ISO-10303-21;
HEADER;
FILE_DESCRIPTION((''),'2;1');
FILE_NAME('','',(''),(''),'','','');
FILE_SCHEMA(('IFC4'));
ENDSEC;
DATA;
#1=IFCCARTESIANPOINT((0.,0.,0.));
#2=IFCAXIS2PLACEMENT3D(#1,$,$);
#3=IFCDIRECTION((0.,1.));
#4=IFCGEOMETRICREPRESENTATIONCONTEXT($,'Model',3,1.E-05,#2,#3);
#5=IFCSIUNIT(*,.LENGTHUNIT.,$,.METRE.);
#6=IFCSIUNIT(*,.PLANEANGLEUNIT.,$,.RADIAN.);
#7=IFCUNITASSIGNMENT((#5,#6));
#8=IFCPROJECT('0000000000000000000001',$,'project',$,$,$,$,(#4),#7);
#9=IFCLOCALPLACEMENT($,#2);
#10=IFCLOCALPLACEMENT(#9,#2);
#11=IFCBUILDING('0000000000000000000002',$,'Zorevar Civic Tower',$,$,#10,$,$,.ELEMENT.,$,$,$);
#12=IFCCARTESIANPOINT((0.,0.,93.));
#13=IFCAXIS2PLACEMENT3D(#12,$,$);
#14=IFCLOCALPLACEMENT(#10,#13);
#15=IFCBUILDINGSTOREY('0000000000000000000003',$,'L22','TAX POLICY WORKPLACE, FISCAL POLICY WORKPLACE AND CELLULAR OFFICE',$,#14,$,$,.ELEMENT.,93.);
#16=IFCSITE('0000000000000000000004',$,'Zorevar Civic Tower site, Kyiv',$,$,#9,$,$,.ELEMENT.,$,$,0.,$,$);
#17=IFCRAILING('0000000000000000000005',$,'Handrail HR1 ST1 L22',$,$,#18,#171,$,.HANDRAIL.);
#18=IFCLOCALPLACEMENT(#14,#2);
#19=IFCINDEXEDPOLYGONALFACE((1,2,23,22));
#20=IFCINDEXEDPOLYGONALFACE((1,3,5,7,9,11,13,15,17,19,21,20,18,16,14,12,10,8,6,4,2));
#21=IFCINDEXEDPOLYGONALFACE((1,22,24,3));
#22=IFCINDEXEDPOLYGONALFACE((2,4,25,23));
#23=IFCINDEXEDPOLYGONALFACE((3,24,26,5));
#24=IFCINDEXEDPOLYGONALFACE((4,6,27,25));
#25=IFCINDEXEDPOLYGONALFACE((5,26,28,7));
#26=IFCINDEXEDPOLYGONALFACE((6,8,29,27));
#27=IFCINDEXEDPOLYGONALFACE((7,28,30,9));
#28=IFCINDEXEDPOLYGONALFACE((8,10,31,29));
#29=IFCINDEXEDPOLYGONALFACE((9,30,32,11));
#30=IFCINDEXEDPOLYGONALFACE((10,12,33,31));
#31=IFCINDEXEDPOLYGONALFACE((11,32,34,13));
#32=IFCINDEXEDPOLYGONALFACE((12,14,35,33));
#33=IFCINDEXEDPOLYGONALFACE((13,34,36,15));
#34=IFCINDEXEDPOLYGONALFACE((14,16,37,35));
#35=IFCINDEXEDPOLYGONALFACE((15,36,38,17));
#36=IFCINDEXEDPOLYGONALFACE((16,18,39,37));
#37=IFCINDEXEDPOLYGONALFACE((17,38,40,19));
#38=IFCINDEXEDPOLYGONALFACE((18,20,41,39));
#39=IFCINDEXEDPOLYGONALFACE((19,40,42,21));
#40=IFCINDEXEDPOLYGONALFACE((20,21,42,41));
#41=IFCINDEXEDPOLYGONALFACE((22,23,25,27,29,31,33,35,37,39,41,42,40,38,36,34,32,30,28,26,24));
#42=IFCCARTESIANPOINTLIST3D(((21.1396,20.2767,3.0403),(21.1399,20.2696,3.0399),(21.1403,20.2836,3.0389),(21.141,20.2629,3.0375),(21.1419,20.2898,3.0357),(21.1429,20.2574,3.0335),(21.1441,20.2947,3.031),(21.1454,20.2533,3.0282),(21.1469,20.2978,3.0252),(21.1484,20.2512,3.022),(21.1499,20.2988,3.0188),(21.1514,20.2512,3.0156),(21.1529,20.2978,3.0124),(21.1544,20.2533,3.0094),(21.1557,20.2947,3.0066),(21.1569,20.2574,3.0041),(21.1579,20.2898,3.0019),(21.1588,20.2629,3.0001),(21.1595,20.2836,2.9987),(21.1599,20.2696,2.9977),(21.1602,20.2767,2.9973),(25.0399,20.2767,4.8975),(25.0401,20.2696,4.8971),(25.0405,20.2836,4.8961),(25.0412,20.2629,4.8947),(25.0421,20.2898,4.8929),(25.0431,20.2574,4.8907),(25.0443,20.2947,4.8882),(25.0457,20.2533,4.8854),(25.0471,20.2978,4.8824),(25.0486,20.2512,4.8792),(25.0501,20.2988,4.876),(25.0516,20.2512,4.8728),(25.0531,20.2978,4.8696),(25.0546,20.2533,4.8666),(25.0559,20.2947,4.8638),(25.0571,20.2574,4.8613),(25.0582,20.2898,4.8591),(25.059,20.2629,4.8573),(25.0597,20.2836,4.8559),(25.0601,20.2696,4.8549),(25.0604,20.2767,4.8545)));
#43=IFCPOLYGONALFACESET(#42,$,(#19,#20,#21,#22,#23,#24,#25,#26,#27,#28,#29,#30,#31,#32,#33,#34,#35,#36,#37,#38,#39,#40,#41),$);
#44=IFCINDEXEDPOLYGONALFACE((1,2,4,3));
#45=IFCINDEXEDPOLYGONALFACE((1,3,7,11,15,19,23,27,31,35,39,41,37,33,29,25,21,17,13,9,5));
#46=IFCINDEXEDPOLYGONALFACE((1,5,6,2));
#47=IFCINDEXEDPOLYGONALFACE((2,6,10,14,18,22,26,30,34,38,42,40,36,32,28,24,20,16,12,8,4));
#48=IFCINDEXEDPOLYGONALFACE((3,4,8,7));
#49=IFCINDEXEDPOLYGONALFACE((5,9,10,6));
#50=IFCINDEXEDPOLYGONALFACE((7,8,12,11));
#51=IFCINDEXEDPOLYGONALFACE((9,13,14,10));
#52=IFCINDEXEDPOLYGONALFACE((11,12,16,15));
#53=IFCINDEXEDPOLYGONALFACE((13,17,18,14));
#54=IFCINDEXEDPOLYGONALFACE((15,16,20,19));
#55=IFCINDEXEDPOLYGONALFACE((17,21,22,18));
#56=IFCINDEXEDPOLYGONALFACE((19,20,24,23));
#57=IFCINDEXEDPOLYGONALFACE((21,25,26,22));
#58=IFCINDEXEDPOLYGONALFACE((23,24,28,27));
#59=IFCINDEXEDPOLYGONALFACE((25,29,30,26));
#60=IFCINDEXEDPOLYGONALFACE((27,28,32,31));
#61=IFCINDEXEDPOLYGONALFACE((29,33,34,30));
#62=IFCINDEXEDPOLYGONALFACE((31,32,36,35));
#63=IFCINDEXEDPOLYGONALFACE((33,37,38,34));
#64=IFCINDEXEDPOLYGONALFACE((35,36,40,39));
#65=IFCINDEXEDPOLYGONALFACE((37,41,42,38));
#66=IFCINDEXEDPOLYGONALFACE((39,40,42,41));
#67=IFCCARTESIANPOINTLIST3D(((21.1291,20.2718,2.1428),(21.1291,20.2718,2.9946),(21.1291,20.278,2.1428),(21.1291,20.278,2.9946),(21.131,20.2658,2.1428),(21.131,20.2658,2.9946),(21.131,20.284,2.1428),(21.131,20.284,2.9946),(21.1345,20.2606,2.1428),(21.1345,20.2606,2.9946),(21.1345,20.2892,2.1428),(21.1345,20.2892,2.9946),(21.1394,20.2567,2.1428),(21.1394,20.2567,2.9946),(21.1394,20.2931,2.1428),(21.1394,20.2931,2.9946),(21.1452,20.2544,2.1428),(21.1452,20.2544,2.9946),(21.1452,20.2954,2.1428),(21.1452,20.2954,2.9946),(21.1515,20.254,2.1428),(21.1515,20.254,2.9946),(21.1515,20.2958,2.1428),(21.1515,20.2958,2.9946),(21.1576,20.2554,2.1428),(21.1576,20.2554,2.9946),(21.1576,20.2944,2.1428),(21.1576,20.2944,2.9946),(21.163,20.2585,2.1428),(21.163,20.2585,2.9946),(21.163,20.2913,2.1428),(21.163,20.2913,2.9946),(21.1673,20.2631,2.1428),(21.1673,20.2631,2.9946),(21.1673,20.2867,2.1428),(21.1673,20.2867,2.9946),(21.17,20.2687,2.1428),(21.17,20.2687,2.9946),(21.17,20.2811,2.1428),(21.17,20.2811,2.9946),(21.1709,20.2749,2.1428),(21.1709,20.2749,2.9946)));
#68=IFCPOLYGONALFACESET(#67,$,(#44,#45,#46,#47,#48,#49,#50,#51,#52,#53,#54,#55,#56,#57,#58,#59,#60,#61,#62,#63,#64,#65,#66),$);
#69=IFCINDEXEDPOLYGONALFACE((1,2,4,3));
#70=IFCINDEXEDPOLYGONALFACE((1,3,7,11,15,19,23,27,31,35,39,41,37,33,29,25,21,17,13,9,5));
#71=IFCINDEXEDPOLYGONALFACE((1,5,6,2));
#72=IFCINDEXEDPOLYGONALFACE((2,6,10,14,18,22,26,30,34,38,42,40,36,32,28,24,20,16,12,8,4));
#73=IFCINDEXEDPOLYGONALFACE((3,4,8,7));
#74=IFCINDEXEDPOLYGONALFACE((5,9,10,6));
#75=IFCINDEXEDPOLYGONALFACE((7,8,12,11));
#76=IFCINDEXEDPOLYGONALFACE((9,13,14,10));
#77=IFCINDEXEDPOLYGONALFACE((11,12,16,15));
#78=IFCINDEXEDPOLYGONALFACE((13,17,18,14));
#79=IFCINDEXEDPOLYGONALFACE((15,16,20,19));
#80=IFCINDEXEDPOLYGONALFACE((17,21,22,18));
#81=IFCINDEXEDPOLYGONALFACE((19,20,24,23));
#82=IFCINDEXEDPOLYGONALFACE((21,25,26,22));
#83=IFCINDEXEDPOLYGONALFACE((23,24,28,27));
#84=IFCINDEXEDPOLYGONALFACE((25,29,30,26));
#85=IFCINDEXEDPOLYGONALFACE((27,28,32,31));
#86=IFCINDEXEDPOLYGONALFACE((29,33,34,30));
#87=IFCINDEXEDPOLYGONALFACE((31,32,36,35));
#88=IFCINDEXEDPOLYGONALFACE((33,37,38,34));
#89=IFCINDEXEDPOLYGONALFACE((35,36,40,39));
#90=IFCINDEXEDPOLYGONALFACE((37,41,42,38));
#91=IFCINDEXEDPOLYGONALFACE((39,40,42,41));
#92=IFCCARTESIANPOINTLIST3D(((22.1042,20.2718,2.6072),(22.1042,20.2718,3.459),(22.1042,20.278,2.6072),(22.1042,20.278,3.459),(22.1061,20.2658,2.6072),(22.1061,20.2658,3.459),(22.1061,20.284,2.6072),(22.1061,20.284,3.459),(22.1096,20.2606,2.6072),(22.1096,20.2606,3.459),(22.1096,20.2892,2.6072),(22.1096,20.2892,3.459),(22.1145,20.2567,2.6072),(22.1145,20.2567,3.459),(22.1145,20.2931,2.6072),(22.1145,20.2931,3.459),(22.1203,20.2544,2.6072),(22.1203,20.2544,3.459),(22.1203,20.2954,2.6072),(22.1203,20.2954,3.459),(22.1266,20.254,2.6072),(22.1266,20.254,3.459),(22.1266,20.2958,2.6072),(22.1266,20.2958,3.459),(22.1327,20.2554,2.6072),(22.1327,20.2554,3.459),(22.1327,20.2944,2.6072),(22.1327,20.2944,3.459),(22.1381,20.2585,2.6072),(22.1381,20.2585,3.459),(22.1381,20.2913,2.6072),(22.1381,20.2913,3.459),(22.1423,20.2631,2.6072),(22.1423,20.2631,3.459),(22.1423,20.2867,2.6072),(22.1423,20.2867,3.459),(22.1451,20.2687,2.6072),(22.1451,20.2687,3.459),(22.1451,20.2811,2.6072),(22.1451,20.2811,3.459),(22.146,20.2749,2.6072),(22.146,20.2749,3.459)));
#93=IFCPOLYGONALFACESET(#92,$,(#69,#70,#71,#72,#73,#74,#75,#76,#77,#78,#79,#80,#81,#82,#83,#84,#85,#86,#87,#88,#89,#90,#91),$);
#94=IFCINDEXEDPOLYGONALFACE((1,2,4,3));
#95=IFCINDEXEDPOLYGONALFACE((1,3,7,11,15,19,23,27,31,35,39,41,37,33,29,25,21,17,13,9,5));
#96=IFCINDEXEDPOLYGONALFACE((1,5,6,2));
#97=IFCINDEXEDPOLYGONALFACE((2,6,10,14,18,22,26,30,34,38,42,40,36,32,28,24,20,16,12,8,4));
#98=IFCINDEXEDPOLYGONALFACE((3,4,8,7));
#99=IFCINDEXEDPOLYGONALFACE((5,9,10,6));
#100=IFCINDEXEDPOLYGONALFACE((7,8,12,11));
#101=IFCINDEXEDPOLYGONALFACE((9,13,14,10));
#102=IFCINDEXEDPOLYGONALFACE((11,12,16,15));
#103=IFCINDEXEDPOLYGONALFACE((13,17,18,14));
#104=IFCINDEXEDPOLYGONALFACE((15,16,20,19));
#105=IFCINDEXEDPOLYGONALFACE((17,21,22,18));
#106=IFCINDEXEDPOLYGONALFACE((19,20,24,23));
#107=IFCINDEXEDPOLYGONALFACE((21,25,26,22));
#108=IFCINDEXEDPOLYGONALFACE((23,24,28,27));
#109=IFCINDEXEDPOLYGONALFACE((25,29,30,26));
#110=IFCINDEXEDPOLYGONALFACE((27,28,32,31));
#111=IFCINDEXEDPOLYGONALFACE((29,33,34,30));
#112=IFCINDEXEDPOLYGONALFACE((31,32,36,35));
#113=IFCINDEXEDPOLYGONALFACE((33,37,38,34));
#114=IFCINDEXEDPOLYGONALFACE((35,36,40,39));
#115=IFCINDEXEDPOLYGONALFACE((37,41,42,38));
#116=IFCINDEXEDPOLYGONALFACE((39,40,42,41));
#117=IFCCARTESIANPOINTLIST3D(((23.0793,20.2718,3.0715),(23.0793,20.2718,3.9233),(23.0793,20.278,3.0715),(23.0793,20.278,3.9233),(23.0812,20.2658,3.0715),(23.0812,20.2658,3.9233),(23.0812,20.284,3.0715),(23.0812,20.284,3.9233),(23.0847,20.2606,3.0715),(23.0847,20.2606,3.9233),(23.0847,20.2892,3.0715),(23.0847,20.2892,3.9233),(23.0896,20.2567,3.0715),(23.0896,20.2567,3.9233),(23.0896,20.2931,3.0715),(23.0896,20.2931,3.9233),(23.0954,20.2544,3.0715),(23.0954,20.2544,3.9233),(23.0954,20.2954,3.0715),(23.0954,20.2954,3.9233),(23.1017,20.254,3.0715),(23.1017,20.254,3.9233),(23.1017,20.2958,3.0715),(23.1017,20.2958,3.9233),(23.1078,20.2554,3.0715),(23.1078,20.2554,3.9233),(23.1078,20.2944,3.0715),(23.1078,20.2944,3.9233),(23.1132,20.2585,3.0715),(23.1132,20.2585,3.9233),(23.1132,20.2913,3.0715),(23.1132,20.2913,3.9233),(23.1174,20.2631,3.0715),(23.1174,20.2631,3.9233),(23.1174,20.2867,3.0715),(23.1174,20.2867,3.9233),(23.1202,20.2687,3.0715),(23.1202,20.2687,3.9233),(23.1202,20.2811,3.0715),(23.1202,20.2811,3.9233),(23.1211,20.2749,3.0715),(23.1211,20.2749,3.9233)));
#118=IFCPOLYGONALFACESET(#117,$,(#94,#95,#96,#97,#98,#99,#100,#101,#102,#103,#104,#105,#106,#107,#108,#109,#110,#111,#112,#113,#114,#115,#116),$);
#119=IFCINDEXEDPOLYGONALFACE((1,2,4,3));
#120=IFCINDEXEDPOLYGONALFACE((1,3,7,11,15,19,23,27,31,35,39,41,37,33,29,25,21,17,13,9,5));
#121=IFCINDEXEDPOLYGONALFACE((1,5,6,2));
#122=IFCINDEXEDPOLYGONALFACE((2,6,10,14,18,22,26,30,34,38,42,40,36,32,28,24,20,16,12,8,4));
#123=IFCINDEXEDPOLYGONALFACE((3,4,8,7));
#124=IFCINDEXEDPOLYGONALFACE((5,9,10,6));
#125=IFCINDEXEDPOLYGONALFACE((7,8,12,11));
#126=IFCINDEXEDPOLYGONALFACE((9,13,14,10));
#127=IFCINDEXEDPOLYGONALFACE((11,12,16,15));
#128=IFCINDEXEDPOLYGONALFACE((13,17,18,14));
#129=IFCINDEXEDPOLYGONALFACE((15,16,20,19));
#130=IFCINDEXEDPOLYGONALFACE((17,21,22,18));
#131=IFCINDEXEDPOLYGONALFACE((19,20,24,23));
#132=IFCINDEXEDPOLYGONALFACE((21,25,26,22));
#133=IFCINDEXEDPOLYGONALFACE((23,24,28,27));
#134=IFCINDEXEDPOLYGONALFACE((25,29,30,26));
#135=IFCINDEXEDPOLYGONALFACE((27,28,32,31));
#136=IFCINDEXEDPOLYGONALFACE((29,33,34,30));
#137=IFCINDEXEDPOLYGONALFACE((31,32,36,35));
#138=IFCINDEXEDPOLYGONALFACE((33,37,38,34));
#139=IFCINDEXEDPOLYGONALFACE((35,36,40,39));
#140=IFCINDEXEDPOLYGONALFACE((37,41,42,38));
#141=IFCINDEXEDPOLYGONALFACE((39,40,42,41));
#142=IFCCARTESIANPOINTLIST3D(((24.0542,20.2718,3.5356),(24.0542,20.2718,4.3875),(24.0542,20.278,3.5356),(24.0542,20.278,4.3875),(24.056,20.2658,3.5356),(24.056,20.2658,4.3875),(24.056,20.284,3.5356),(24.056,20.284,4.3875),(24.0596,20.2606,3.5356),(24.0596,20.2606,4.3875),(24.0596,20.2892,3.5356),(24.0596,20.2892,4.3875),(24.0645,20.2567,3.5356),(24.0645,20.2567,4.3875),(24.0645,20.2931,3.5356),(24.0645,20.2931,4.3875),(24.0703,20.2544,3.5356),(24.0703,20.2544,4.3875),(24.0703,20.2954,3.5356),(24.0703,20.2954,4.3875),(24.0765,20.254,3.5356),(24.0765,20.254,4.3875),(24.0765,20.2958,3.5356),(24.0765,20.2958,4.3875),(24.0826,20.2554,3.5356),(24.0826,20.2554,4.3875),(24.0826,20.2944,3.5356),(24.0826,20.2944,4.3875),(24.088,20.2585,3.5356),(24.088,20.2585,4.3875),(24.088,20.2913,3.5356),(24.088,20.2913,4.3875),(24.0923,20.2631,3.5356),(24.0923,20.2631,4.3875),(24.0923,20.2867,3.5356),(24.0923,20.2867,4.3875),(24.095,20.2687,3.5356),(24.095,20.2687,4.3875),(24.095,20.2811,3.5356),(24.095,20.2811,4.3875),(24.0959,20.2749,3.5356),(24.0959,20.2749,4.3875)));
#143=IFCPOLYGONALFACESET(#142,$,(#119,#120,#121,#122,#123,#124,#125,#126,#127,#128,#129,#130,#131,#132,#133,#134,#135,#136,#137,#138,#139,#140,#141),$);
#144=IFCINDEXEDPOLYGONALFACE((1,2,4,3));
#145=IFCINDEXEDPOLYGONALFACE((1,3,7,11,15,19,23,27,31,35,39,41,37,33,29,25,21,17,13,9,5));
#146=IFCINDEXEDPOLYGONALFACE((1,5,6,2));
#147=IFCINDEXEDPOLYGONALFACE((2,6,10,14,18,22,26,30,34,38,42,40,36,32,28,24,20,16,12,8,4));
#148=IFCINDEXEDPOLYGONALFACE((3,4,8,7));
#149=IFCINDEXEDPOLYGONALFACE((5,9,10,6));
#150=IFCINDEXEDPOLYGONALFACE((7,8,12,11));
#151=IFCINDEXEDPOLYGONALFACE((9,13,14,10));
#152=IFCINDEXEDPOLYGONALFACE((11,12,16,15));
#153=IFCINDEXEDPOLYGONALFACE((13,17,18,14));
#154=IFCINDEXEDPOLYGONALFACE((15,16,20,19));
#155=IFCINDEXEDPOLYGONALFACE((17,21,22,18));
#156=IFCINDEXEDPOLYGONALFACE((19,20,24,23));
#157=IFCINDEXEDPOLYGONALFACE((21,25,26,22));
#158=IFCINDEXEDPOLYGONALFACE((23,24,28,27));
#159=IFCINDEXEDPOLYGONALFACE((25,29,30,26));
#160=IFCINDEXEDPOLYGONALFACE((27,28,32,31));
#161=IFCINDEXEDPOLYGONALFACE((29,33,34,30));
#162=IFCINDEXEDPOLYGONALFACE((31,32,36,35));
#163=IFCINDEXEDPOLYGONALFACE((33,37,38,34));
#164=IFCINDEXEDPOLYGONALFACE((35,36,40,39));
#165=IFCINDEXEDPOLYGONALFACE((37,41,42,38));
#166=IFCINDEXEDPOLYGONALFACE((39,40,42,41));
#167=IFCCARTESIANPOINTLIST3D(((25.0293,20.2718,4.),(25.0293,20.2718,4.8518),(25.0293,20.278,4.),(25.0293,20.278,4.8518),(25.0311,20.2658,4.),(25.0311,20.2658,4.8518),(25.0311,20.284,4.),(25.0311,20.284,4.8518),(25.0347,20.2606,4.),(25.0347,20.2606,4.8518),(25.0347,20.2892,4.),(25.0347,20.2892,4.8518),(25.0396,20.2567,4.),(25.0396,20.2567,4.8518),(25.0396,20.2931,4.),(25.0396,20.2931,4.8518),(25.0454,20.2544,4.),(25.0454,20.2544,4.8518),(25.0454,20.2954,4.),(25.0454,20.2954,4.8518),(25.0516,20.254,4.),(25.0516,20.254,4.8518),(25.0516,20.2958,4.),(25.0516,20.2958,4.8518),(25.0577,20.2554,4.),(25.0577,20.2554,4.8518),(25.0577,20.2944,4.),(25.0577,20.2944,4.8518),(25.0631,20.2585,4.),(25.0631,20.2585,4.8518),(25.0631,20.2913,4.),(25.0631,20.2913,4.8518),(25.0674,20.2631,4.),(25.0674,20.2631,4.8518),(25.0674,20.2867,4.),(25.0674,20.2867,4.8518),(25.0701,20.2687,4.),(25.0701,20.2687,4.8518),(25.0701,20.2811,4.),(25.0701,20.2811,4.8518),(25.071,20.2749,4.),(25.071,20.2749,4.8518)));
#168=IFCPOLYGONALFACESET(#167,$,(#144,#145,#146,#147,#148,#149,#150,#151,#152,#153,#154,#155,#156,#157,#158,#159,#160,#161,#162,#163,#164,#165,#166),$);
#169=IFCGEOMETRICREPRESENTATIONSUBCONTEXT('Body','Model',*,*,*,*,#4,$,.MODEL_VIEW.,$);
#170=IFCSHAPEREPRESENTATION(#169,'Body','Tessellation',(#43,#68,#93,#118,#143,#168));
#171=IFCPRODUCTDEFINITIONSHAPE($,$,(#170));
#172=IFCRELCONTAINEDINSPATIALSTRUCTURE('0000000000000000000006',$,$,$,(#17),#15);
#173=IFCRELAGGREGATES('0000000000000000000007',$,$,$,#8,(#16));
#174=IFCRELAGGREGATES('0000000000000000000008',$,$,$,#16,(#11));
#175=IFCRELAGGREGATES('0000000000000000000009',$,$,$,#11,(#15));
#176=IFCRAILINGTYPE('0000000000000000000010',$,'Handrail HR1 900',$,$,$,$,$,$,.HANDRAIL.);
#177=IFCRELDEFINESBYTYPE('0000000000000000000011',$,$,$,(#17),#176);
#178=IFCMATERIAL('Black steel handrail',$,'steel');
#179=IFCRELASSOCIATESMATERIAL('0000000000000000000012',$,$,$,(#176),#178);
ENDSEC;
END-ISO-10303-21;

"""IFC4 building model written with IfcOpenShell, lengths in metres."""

from ifc_helpers import new_model, si_unit, direction, frame, origin, origin_2d, place, context, subcontext, project, spatial, circle, extrude, material, type_object, element, save


model = new_model("IFC4")

# Units and contexts
model_context = context("Model", 3, precision=1e-05, world=origin(), true_north=direction((0.0, 1.0)))
body_context = subcontext(model_context, "Body", "Model", "MODEL_VIEW")
ifc_project = project(units=[si_unit("LENGTHUNIT", "METRE"), si_unit("PLANEANGLEUNIT", "RADIAN")], contexts=[model_context])

# Site, building, storey
site_placement = place(None, origin())
site = spatial("IfcSite", under=ifc_project, at=site_placement, Name="Zorevar Civic Tower site, Kyiv", CompositionType="ELEMENT", RefElevation=0.0)
building_placement = place(site_placement, origin())
building = spatial("IfcBuilding", under=site, at=building_placement, Name="Zorevar Civic Tower", CompositionType="ELEMENT")
storey_placement = place(building_placement, frame((0.0, 0.0, 93.0)))
storey = spatial("IfcBuildingStorey", under=building, at=storey_placement, Name="L22", Description="TAX POLICY WORKPLACE, FISCAL POLICY WORKPLACE AND CELLULAR OFFICE", CompositionType="ELEMENT", Elevation=93.0)

# Railing
ifc_material_1 = material(Name="Black steel handrail", Category="steel")
railing_type = type_object("IfcRailingType", Name="Handrail HR1 900", PredefinedType="HANDRAIL", material=ifc_material_1)
railing_1_placement = place(storey_placement, frame((21.1499, 20.2749, 2.1428)))
element("IfcRailing", 1, at=railing_1_placement, inside=storey, type_object=railing_type, Name="Handrail HR1 ST1 L22", PredefinedType="HANDRAIL", context=body_context, shape_type="SweptSolid", body=[
    extrude(circle(Radius=0.0239, at=origin_2d()), frame((0.0, 0.0, 0.876), z_axis=(0.902864, 0.0, 0.429927), x_axis=(0.0, 1.0, 0.0)), (0.0, 0.0, 1.0), 4.3198),
    extrude(circle(Radius=0.021, at=origin_2d()), origin(), (0.0, 0.0, 1.0), 0.8518),
    extrude(circle(Radius=0.021, at=origin_2d()), frame((0.9751, 0.0, 0.4644)), (0.0, 0.0, 1.0), 0.8518),
    extrude(circle(Radius=0.021, at=origin_2d()), frame((1.9502, 0.0, 0.9287)), (0.0, 0.0, 1.0), 0.8518),
    extrude(circle(Radius=0.021, at=origin_2d()), frame((2.925, 0.0, 1.3928)), (0.0, 0.0, 1.0), 0.8518),
    extrude(circle(Radius=0.021, at=origin_2d()), frame((3.9001, 0.0, 1.8572)), (0.0, 0.0, 1.0), 0.8518),
])

save(model, "model.ifc")
